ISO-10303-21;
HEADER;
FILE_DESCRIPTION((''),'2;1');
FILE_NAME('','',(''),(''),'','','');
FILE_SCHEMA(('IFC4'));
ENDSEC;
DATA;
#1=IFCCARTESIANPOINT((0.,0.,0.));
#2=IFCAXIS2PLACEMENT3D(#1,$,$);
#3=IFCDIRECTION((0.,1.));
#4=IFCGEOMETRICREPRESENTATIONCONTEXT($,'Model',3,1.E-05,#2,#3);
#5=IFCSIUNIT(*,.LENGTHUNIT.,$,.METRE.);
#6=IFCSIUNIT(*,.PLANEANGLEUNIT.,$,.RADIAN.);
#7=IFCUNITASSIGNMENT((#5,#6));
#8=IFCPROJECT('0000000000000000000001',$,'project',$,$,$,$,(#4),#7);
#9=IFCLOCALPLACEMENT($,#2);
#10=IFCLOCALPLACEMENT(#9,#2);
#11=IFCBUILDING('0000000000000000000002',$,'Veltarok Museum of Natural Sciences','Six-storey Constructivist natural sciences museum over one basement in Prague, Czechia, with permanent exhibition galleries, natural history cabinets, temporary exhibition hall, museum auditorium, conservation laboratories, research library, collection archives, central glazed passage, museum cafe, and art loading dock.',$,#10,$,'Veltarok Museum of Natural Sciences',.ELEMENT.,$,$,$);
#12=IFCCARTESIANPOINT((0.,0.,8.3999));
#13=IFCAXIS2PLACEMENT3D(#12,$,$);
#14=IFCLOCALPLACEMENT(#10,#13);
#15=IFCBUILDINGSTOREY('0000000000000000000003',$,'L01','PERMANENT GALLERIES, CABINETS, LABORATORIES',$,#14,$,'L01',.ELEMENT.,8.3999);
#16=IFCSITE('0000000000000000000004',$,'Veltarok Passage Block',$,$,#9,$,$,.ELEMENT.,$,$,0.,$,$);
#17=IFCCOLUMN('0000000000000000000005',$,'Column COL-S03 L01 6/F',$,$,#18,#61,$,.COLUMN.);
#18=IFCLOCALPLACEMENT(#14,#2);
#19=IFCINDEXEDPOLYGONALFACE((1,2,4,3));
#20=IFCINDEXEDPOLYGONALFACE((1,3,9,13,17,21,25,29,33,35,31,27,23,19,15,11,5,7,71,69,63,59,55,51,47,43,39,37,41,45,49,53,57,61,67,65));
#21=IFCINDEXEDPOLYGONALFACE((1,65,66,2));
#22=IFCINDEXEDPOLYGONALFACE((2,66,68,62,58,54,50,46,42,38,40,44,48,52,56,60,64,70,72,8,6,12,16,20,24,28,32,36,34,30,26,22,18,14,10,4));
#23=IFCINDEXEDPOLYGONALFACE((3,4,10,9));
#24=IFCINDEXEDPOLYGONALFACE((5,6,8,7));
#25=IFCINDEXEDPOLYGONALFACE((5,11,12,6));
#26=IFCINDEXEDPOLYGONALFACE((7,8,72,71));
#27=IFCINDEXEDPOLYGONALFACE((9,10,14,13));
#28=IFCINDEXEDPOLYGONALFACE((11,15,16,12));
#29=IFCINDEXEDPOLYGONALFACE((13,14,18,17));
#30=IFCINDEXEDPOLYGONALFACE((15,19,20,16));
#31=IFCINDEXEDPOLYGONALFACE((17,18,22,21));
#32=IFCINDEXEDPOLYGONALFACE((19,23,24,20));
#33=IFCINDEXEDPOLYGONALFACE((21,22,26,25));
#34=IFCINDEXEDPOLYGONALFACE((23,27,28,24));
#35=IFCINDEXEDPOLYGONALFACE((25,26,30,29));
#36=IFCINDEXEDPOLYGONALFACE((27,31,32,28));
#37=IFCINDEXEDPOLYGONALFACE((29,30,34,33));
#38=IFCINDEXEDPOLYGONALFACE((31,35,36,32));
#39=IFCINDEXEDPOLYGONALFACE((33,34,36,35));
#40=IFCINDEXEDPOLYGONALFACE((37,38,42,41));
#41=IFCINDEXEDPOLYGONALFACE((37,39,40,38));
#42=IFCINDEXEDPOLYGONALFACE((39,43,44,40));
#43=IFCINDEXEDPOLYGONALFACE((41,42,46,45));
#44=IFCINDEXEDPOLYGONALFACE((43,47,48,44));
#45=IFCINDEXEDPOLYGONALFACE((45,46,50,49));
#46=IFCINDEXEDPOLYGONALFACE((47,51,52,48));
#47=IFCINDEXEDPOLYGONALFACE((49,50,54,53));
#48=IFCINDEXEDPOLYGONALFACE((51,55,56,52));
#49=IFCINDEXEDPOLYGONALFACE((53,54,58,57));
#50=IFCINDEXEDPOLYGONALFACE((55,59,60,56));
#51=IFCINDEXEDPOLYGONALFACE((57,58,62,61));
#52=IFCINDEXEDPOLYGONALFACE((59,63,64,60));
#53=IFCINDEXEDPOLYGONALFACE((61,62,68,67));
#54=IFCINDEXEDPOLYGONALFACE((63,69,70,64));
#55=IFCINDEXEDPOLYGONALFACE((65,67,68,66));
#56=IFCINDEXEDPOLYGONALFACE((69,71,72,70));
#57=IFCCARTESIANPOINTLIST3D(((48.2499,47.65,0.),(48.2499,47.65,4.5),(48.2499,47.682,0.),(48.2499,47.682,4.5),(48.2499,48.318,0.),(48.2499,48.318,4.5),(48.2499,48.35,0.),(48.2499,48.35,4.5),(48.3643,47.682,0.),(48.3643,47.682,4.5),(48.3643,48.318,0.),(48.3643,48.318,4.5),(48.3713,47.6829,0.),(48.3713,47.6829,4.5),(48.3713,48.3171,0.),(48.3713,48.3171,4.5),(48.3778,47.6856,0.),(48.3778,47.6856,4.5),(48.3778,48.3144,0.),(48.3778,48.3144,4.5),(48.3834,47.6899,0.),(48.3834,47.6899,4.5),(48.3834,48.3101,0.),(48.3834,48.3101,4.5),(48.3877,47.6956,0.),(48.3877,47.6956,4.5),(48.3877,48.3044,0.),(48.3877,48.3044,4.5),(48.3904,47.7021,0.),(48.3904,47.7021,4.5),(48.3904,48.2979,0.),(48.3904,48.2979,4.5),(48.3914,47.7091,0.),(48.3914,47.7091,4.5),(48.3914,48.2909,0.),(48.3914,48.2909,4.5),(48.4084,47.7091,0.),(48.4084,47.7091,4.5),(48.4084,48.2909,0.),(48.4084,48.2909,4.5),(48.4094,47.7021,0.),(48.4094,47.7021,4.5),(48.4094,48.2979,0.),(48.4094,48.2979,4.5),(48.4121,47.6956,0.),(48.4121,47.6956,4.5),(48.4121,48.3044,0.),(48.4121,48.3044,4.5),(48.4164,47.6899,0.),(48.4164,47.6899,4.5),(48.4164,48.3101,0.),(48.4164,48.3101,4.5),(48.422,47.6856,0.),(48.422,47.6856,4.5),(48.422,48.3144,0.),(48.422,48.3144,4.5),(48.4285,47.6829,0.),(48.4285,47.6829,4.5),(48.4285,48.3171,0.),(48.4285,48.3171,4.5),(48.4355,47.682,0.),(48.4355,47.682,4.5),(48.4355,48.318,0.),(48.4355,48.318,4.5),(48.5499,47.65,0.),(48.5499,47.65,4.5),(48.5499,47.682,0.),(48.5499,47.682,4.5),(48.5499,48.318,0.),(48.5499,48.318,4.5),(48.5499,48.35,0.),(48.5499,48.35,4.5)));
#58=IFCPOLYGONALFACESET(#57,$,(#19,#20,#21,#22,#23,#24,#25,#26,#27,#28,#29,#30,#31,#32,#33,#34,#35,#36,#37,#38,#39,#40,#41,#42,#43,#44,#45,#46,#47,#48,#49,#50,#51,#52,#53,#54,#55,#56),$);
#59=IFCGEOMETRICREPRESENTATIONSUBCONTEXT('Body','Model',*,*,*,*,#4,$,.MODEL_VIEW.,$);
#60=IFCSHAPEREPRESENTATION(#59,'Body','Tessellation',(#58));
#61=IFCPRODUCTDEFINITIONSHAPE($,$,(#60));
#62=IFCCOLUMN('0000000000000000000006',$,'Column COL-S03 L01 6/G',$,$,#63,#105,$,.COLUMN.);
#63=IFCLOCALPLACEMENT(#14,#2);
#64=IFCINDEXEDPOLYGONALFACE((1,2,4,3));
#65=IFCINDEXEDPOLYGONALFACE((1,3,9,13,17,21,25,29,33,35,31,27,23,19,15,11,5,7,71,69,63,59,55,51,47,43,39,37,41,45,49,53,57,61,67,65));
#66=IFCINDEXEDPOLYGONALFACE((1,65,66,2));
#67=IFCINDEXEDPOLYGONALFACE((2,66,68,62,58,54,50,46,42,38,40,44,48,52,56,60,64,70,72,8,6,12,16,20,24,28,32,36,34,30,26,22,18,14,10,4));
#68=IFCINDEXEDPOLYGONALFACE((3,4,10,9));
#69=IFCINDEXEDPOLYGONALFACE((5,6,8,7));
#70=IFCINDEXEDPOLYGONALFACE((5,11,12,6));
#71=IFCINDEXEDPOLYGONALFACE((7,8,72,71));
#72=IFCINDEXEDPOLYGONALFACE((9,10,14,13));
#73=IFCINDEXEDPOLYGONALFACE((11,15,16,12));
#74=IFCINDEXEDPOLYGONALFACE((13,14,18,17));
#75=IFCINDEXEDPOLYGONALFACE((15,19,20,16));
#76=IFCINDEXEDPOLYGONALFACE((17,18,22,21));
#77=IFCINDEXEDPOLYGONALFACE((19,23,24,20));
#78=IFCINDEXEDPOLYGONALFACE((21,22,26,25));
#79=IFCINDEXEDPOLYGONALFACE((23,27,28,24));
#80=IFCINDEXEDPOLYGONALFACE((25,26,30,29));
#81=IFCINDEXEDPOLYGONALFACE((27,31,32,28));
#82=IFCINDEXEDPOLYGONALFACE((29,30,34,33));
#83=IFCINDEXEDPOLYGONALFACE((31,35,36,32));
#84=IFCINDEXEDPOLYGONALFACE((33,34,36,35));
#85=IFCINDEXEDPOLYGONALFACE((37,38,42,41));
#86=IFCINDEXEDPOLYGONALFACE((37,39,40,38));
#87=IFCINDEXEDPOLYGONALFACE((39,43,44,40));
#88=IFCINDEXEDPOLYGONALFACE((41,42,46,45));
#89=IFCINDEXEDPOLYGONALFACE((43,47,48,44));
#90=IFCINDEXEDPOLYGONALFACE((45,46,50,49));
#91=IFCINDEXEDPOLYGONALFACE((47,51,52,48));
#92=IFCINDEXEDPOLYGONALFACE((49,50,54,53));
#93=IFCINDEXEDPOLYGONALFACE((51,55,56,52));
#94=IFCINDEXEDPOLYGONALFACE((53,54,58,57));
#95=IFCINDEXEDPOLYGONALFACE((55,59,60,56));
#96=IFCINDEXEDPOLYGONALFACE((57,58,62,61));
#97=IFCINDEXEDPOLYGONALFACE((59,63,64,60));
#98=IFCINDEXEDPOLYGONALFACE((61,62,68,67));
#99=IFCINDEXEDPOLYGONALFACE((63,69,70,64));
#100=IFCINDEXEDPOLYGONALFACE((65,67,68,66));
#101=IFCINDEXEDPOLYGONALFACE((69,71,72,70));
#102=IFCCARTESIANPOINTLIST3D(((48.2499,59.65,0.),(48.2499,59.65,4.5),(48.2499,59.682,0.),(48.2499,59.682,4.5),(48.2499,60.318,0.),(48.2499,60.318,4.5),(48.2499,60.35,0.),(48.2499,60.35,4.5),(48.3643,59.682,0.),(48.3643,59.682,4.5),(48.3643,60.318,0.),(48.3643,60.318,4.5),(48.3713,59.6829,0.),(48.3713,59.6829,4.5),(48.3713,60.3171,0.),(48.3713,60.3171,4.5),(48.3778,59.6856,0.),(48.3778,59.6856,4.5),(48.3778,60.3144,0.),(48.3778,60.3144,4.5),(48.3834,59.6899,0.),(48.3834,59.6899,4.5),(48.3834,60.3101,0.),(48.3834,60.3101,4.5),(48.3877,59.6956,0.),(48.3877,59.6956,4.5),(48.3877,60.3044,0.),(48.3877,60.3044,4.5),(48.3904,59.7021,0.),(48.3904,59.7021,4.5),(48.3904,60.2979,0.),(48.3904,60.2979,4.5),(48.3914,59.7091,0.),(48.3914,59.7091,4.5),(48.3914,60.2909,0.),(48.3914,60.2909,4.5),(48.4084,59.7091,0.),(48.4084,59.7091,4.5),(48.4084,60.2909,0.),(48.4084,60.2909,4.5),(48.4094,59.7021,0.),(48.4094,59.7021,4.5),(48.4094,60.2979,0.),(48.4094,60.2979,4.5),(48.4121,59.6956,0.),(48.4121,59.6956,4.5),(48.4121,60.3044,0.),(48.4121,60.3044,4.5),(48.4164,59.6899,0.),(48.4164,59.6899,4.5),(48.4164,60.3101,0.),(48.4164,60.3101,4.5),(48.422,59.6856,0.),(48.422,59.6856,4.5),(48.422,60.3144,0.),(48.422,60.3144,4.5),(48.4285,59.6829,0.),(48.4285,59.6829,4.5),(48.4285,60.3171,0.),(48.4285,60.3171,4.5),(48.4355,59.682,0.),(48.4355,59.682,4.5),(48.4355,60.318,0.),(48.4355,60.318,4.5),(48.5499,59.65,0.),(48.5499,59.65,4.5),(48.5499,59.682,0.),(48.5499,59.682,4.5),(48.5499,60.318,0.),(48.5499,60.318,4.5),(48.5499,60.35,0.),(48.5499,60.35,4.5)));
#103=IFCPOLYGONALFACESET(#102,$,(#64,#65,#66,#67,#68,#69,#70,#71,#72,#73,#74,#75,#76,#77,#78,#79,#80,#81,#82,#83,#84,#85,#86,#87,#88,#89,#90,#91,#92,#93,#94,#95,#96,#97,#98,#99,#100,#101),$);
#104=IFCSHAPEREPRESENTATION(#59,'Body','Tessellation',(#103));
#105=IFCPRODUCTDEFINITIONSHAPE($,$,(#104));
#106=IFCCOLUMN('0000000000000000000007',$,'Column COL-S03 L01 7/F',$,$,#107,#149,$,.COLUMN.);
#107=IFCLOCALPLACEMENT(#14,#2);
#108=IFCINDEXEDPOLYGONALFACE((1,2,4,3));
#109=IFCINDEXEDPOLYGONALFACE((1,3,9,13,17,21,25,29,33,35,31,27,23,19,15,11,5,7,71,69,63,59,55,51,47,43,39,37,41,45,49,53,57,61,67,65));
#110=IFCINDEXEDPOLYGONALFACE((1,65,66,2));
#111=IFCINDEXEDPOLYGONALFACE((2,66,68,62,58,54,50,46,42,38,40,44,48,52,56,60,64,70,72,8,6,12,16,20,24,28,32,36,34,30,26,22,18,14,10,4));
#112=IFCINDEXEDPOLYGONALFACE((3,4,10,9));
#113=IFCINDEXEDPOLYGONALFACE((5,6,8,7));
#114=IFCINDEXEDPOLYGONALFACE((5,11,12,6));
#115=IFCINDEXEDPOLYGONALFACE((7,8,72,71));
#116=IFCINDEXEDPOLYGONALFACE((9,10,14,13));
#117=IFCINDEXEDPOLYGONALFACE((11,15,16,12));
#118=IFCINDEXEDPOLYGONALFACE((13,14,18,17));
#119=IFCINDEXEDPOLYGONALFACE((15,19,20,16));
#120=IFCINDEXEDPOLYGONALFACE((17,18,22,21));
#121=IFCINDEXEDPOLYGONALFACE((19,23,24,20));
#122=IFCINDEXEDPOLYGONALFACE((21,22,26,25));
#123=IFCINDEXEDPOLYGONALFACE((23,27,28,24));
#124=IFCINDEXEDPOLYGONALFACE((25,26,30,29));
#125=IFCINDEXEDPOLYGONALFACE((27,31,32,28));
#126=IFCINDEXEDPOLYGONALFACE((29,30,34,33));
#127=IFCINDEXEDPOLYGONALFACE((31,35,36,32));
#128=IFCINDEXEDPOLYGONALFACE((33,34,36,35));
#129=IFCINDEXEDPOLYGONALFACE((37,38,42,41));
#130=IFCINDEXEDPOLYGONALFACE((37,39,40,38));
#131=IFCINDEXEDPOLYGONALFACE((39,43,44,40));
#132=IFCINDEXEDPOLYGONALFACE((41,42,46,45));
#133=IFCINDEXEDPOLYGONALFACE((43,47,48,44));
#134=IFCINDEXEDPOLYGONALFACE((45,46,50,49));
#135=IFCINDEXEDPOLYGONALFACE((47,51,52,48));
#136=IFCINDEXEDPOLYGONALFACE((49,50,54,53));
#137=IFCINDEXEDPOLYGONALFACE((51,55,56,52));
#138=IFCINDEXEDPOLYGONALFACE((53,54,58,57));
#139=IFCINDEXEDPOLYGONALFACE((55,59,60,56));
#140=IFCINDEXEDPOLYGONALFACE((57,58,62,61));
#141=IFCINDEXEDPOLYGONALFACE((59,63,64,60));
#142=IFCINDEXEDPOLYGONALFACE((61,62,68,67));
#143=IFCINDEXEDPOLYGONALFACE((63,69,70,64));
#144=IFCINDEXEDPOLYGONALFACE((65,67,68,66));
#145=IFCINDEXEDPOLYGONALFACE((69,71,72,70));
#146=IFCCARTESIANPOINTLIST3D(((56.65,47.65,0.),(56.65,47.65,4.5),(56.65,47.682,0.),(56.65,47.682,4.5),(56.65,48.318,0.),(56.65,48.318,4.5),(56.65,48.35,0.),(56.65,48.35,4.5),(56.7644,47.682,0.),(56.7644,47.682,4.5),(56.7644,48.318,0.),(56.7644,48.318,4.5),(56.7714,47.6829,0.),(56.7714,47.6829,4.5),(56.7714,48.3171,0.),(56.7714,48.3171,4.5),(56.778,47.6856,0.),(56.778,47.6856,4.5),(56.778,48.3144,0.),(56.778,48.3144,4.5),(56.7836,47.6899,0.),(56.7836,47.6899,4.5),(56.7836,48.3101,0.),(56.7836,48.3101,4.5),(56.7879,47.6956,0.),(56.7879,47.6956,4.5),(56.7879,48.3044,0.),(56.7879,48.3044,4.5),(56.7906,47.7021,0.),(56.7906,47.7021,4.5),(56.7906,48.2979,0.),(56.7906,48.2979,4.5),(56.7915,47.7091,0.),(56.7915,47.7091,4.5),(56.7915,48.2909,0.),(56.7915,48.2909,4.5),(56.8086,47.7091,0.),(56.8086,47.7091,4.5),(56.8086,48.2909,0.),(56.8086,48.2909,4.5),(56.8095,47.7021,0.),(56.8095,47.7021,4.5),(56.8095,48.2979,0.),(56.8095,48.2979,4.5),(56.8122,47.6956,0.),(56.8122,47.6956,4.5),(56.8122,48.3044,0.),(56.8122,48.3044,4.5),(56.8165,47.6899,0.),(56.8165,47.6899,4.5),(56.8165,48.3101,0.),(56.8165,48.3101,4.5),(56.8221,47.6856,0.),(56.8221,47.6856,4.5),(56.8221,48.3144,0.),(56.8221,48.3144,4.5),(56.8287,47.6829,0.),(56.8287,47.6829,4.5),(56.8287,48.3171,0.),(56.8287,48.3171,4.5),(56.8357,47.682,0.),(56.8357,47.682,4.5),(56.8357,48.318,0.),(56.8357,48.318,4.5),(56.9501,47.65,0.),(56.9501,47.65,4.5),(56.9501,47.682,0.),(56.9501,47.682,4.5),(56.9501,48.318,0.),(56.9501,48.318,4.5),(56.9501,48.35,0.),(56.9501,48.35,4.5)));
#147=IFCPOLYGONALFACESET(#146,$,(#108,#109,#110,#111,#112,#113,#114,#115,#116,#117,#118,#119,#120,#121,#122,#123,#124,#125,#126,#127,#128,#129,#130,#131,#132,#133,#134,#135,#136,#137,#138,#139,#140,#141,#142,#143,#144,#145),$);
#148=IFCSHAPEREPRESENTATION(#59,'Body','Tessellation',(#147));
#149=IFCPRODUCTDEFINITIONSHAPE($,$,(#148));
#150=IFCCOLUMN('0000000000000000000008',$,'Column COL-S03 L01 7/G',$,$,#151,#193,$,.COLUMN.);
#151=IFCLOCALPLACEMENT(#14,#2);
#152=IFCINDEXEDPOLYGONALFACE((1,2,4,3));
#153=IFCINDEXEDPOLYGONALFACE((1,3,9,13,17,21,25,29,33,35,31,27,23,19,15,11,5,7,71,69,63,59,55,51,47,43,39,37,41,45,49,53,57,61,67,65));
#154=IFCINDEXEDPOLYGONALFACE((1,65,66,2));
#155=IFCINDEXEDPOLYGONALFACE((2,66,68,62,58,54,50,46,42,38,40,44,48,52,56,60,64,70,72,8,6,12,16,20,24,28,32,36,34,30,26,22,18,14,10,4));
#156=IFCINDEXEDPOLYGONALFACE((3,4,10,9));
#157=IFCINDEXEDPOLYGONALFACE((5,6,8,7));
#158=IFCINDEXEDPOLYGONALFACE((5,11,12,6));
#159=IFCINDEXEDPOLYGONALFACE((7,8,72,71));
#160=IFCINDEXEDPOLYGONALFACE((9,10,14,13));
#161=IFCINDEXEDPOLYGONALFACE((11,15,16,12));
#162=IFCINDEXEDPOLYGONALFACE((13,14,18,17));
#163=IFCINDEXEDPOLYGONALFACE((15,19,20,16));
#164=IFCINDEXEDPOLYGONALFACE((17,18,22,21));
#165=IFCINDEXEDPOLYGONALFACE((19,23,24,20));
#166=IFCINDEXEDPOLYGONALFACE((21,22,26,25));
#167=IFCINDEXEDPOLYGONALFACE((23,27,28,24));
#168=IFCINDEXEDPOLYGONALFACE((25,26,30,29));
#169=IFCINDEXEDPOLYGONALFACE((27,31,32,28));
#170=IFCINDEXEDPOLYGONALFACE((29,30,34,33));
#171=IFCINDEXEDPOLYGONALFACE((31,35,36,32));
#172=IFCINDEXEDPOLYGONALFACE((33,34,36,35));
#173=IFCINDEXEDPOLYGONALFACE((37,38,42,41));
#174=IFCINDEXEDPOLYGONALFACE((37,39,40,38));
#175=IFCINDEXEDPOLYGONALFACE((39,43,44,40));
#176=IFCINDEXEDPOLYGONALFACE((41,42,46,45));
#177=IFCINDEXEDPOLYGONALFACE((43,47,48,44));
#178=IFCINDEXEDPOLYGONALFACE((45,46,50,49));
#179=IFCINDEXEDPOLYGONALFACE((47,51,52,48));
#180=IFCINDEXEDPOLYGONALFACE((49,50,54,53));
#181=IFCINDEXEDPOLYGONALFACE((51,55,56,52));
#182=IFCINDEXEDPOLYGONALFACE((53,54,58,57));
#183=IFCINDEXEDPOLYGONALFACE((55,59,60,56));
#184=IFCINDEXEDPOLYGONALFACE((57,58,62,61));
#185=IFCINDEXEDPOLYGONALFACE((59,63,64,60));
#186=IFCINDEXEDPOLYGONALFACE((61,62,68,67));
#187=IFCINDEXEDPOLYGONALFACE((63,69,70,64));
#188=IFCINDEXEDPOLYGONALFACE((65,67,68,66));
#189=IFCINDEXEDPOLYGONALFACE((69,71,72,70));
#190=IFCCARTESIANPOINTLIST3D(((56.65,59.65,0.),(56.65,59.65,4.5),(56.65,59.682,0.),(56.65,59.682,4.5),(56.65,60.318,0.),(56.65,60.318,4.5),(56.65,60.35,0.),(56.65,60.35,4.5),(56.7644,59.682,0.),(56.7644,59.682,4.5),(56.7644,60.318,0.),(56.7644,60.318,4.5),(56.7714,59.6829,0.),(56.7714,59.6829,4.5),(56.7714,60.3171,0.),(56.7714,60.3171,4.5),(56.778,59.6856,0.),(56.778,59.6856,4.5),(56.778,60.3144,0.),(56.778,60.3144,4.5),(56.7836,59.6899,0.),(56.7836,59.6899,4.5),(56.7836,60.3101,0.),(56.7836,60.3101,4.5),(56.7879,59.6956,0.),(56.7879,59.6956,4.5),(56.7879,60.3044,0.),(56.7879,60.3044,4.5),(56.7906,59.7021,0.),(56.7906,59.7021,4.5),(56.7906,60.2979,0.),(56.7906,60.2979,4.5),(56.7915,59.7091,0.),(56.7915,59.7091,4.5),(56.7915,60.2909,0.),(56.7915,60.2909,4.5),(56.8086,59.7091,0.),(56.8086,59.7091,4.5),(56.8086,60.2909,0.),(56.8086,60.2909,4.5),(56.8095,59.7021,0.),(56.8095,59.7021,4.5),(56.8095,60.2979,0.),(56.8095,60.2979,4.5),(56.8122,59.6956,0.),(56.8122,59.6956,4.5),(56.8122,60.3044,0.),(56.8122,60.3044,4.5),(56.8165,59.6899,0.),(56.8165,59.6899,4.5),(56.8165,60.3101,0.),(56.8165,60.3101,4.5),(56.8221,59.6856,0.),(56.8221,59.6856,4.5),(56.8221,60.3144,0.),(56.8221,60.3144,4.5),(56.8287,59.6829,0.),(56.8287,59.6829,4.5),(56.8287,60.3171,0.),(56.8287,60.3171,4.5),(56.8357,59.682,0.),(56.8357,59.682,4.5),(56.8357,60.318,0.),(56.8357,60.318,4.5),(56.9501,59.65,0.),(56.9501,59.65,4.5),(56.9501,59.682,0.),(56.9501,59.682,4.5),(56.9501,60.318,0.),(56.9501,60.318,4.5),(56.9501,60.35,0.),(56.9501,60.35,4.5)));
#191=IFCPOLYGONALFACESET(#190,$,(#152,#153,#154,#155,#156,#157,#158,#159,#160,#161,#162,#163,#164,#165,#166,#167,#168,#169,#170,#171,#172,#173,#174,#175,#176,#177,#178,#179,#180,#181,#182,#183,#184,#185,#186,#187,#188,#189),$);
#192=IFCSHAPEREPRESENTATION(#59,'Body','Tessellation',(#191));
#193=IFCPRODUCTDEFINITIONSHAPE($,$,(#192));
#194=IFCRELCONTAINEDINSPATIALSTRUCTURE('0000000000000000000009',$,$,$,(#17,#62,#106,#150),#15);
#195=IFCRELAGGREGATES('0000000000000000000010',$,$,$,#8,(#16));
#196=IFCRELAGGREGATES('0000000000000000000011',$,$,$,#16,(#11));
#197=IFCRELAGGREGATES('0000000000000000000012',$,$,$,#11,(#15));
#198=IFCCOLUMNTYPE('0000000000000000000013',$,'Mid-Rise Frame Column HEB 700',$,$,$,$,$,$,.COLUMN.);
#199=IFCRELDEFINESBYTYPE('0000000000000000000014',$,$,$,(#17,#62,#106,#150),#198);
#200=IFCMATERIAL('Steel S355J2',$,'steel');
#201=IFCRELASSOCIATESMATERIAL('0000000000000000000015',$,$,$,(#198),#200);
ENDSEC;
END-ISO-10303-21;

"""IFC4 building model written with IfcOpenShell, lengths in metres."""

from ifc_helpers import new_model, si_unit, direction, frame, origin, origin_2d, place, context, subcontext, project, spatial, i_section, extrude, material, material_profile, profile_set, type_object, element, save


model = new_model("IFC4")

# Units and contexts
model_context = context("Model", 3, precision=1e-05, world=origin(), true_north=direction((0.0, 1.0)))
body_context = subcontext(model_context, "Body", "Model", "MODEL_VIEW")
ifc_project = project(units=[si_unit("LENGTHUNIT", "METRE"), si_unit("PLANEANGLEUNIT", "RADIAN")], contexts=[model_context])

# Site, building, storey
site_placement = place(None, origin())
site = spatial("IfcSite", under=ifc_project, at=site_placement, Name="Veltarok Passage Block", CompositionType="ELEMENT", RefElevation=0.0)
building_placement = place(site_placement, origin())
building = spatial("IfcBuilding", under=site, at=building_placement, Name="Veltarok Museum of Natural Sciences", Description="Six-storey Constructivist natural sciences museum over one basement in Prague, Czechia, with permanent exhibition galleries, natural history cabinets, temporary exhibition hall, museum auditorium, conservation laboratories, research library, collection archives, central glazed passage, museum cafe, and art loading dock.", LongName="Veltarok Museum of Natural Sciences", CompositionType="ELEMENT")
storey_placement = place(building_placement, frame((0.0, 0.0, 8.3999)))
storey = spatial("IfcBuildingStorey", under=building, at=storey_placement, Name="L01", Description="PERMANENT GALLERIES, CABINETS, LABORATORIES", LongName="L01", CompositionType="ELEMENT", Elevation=8.3999)

# Columns
ifc_material_1 = material(Name="Steel S355J2", Category="steel")
ifc_material_profile_1 = material_profile(ifc_material_1, i_section(OverallWidth=0.3, OverallDepth=0.7, WebThickness=0.0171, FlangeThickness=0.032, FilletRadius=0.0271, at=origin_2d()), Name="HEB 700")
ifc_profile_set_1 = profile_set([ifc_material_profile_1], Name="Steel S355J2")
column_type = type_object("IfcColumnType", Name="Mid-Rise Frame Column HEB 700", PredefinedType="COLUMN", material=ifc_profile_set_1)
for number, where, z_axis, x_axis, name in (
    (1, (48.3999, 48.0, 0.0), (0.0, 0.0, 1.0), (1.0, 0.0, 0.0), "Column COL-S03 L01 6/F"),
    (2, (48.3999, 60.0, 0.0), (0.0, 0.0, 1.0), (1.0, 0.0, 0.0), "Column COL-S03 L01 6/G"),
    (3, (56.8, 48.0, 0.0), (0.0, 0.0, 1.0), (1.0, 0.0, 0.0), "Column COL-S03 L01 7/F"),
    (4, (56.8, 60.0, 0.0), (0.0, 0.0, 1.0), (1.0, 0.0, 0.0), "Column COL-S03 L01 7/G"),
):
    element("IfcColumn", number, at=place(storey_placement, frame(where, z_axis=z_axis, x_axis=x_axis)), inside=storey, type_object=column_type, Name=name, PredefinedType="COLUMN", context=body_context, shape_type="SweptSolid", body=[
        extrude(i_section(OverallWidth=0.3, OverallDepth=0.7, WebThickness=0.0171, FlangeThickness=0.032, FilletRadius=0.0271, at=origin_2d()), origin(), (0.0, 0.0, 1.0), 4.5),
    ])

save(model, "model.ifc")
